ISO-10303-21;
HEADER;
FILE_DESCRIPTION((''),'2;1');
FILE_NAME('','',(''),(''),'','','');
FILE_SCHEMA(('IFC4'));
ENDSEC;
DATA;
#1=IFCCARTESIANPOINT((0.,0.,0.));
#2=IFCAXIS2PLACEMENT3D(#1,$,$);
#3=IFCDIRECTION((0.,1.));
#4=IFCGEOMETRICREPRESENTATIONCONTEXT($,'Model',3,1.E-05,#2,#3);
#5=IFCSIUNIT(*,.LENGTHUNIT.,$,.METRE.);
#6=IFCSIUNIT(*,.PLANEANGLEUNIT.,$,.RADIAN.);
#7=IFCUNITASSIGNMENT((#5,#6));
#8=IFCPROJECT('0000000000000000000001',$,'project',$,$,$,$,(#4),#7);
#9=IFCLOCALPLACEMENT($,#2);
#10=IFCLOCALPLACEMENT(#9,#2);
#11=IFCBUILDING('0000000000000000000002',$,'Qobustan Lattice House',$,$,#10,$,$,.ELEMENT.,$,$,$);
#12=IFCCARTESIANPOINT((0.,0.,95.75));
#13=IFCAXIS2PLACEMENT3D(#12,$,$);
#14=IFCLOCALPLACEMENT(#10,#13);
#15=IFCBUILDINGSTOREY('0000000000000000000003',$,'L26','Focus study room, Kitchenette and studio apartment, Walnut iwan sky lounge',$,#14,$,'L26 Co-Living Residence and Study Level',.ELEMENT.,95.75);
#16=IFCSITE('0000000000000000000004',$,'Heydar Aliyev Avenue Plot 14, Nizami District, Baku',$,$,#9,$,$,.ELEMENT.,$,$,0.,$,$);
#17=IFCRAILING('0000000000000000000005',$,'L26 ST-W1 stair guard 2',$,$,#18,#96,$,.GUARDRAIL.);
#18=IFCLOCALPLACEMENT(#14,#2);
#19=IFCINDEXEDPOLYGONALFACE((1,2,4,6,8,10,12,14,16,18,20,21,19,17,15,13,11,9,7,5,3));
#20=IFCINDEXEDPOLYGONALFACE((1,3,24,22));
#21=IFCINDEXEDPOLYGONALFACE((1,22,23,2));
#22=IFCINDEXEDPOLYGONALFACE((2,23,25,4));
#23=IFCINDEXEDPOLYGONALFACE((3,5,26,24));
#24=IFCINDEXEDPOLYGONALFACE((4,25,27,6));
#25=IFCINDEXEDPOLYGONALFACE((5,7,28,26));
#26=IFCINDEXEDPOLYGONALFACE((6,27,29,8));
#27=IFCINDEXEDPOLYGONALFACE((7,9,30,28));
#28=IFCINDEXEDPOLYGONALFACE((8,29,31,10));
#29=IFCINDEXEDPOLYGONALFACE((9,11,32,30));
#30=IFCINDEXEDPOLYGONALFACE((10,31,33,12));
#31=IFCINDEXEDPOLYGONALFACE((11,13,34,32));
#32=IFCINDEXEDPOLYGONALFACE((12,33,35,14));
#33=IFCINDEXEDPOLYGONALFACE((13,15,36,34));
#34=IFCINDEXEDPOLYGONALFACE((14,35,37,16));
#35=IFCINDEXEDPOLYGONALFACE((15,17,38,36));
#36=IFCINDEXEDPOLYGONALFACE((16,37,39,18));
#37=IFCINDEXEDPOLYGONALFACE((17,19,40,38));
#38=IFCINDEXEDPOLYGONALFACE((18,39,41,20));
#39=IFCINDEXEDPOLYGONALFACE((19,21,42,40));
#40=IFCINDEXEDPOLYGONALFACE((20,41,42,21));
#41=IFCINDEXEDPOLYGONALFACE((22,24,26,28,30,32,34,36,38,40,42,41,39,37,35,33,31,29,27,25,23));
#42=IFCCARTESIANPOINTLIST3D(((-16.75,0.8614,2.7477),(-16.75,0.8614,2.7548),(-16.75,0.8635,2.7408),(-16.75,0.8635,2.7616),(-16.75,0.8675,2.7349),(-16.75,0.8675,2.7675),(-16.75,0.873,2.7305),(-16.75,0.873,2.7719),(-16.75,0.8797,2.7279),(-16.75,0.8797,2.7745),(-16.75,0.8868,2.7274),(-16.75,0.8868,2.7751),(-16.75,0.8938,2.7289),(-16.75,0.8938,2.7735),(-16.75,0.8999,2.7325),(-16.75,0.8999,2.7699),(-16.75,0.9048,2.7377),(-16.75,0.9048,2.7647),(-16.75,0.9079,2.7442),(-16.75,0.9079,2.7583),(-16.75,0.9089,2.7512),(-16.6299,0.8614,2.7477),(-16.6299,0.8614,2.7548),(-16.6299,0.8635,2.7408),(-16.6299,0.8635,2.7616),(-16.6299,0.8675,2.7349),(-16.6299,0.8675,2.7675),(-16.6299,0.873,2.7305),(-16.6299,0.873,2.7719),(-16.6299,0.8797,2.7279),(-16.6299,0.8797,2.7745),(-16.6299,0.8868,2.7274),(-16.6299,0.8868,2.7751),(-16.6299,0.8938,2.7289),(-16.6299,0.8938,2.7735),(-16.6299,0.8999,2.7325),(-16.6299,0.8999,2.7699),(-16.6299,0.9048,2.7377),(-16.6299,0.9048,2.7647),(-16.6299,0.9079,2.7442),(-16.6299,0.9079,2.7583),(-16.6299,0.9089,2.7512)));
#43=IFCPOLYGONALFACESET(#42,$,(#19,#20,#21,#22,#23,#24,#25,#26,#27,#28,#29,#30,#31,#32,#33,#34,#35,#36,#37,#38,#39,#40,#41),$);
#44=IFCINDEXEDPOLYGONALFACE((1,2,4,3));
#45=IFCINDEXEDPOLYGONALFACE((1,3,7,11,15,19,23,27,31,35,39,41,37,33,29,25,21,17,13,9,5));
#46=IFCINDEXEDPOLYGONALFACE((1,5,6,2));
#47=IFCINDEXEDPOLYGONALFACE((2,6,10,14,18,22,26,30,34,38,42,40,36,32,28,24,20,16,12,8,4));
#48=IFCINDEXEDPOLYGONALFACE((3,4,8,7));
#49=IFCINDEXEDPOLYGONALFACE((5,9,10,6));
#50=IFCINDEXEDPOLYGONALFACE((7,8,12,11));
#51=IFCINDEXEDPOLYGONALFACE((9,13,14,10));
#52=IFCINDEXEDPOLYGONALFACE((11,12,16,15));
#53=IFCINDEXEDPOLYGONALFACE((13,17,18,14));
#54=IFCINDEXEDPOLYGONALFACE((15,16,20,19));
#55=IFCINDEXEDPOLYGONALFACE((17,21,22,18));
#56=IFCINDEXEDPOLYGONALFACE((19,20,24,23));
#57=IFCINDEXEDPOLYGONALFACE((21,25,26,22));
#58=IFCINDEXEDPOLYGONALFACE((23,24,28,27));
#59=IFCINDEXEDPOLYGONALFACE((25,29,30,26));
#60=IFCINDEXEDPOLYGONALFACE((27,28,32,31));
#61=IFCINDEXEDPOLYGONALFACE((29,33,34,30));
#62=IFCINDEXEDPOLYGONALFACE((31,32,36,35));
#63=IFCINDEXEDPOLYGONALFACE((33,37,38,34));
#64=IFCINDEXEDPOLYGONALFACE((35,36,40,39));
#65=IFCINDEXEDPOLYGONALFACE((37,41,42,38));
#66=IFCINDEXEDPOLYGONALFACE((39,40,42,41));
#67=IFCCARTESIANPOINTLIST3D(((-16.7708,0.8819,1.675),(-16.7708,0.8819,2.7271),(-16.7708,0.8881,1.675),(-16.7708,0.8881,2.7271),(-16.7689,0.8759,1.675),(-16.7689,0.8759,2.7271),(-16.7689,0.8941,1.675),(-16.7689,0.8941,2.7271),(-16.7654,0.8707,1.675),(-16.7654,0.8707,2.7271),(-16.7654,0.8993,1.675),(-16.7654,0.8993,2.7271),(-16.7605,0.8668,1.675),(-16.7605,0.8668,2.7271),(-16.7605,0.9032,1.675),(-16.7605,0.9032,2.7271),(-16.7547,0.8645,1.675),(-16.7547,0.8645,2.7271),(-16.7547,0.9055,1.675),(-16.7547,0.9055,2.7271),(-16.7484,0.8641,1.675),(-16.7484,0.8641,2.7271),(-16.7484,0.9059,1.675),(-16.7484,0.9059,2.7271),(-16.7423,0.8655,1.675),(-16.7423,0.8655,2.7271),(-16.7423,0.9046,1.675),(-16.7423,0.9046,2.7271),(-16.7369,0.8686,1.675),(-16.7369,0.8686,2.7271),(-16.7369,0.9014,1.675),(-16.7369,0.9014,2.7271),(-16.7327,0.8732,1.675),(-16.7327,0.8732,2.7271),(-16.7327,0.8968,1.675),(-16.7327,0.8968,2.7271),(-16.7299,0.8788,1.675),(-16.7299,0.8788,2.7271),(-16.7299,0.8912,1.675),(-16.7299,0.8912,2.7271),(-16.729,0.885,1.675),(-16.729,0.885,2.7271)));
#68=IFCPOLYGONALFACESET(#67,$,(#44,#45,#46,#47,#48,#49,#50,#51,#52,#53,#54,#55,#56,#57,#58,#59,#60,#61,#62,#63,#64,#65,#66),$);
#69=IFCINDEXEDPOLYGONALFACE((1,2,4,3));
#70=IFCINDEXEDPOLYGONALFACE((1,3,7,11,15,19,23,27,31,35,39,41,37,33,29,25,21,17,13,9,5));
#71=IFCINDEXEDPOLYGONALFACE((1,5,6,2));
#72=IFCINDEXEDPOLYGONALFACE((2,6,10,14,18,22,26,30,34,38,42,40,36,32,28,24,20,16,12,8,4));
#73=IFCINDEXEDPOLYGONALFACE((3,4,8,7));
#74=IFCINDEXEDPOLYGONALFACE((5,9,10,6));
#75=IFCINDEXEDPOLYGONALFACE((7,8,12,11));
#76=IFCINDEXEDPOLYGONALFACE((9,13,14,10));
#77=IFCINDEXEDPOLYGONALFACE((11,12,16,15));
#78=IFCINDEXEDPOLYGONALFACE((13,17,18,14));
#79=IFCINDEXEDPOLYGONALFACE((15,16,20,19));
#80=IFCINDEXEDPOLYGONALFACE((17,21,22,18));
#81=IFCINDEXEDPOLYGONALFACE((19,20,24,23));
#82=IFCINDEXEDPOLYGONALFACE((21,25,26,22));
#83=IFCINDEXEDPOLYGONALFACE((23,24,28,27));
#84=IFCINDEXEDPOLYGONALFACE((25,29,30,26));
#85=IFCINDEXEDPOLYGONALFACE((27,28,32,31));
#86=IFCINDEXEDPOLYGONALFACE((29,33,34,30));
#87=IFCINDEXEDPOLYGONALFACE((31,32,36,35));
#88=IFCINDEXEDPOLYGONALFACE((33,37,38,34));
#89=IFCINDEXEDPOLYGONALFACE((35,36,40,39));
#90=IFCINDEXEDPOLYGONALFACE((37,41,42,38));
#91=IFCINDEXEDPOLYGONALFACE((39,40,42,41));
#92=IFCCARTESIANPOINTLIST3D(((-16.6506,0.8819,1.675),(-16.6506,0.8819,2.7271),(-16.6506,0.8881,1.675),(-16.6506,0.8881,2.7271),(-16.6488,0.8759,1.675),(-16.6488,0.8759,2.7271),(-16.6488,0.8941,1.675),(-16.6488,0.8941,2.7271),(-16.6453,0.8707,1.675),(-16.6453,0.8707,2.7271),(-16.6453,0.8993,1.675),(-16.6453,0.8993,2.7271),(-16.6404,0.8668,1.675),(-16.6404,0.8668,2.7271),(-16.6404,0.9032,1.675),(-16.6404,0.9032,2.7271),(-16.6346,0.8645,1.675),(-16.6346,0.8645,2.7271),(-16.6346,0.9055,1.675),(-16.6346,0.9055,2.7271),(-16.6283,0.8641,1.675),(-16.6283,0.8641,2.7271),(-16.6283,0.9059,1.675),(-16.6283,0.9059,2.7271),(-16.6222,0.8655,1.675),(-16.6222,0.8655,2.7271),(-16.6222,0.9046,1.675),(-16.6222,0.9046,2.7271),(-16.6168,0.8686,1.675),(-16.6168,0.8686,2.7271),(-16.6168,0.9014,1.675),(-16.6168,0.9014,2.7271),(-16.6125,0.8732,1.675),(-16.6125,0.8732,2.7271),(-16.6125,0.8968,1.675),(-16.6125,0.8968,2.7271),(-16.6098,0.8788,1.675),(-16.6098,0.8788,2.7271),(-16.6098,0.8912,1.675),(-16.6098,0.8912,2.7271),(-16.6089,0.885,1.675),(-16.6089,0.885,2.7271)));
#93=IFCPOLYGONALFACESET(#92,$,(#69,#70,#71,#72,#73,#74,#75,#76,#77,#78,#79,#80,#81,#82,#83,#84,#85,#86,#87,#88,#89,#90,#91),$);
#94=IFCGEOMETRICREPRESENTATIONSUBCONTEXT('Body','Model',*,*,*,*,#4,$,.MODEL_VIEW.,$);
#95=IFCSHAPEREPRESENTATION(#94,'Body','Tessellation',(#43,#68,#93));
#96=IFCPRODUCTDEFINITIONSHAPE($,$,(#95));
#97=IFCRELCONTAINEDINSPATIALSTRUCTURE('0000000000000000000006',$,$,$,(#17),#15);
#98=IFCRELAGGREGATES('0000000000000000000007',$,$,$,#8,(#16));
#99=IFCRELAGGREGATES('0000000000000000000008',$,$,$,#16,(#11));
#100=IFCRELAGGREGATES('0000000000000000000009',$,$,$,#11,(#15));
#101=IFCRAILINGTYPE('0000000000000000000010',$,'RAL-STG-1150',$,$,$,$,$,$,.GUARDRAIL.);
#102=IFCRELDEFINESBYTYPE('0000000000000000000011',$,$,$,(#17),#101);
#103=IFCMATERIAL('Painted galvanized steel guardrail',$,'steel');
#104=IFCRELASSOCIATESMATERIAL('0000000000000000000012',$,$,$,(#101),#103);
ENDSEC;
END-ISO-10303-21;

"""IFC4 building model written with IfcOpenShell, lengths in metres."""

from ifc_helpers import new_model, si_unit, direction, frame, origin, origin_2d, place, context, subcontext, project, spatial, circle, extrude, material, type_object, element, save


model = new_model("IFC4")

# Units and contexts
model_context = context("Model", 3, precision=1e-05, world=origin(), true_north=direction((0.0, 1.0)))
body_context = subcontext(model_context, "Body", "Model", "MODEL_VIEW")
ifc_project = project(units=[si_unit("LENGTHUNIT", "METRE"), si_unit("PLANEANGLEUNIT", "RADIAN")], contexts=[model_context])

# Site, building, storey
site_placement = place(None, origin())
site = spatial("IfcSite", under=ifc_project, at=site_placement, Name="Heydar Aliyev Avenue Plot 14, Nizami District, Baku", CompositionType="ELEMENT", RefElevation=0.0)
building_placement = place(site_placement, origin())
building = spatial("IfcBuilding", under=site, at=building_placement, Name="Qobustan Lattice House", CompositionType="ELEMENT")
storey_placement = place(building_placement, frame((0.0, 0.0, 95.75)))
storey = spatial("IfcBuildingStorey", under=building, at=storey_placement, Name="L26", Description="Focus study room, Kitchenette and studio apartment, Walnut iwan sky lounge", LongName="L26 Co-Living Residence and Study Level", CompositionType="ELEMENT", Elevation=95.75)

# Railing
ifc_material_1 = material(Name="Painted galvanized steel guardrail", Category="steel")
railing_type_1 = type_object("IfcRailingType", Name="RAL-STG-1150", PredefinedType="GUARDRAIL", material=ifc_material_1)
railing_1_placement = place(storey_placement, frame((-16.75, 0.885, 1.675)))
element("IfcRailing", 1, at=railing_1_placement, inside=storey, type_object=railing_type_1, Name="L26 ST-W1 stair guard 2", PredefinedType="GUARDRAIL", context=body_context, shape_type="SweptSolid", body=[
    extrude(circle(Radius=0.0239, at=origin_2d()), frame((0.0, 0.0, 1.0762), z_axis=(1.0, 0.0, 0.0), x_axis=(0.0, 1.0, 0.0)), (0.0, 0.0, 1.0), 0.1201),
    extrude(circle(Radius=0.021, at=origin_2d()), origin(), (0.0, 0.0, 1.0), 1.052),
    extrude(circle(Radius=0.021, at=origin_2d()), frame((0.1201, 0.0, 0.0)), (0.0, 0.0, 1.0), 1.052),
])

save(model, "model.ifc")
